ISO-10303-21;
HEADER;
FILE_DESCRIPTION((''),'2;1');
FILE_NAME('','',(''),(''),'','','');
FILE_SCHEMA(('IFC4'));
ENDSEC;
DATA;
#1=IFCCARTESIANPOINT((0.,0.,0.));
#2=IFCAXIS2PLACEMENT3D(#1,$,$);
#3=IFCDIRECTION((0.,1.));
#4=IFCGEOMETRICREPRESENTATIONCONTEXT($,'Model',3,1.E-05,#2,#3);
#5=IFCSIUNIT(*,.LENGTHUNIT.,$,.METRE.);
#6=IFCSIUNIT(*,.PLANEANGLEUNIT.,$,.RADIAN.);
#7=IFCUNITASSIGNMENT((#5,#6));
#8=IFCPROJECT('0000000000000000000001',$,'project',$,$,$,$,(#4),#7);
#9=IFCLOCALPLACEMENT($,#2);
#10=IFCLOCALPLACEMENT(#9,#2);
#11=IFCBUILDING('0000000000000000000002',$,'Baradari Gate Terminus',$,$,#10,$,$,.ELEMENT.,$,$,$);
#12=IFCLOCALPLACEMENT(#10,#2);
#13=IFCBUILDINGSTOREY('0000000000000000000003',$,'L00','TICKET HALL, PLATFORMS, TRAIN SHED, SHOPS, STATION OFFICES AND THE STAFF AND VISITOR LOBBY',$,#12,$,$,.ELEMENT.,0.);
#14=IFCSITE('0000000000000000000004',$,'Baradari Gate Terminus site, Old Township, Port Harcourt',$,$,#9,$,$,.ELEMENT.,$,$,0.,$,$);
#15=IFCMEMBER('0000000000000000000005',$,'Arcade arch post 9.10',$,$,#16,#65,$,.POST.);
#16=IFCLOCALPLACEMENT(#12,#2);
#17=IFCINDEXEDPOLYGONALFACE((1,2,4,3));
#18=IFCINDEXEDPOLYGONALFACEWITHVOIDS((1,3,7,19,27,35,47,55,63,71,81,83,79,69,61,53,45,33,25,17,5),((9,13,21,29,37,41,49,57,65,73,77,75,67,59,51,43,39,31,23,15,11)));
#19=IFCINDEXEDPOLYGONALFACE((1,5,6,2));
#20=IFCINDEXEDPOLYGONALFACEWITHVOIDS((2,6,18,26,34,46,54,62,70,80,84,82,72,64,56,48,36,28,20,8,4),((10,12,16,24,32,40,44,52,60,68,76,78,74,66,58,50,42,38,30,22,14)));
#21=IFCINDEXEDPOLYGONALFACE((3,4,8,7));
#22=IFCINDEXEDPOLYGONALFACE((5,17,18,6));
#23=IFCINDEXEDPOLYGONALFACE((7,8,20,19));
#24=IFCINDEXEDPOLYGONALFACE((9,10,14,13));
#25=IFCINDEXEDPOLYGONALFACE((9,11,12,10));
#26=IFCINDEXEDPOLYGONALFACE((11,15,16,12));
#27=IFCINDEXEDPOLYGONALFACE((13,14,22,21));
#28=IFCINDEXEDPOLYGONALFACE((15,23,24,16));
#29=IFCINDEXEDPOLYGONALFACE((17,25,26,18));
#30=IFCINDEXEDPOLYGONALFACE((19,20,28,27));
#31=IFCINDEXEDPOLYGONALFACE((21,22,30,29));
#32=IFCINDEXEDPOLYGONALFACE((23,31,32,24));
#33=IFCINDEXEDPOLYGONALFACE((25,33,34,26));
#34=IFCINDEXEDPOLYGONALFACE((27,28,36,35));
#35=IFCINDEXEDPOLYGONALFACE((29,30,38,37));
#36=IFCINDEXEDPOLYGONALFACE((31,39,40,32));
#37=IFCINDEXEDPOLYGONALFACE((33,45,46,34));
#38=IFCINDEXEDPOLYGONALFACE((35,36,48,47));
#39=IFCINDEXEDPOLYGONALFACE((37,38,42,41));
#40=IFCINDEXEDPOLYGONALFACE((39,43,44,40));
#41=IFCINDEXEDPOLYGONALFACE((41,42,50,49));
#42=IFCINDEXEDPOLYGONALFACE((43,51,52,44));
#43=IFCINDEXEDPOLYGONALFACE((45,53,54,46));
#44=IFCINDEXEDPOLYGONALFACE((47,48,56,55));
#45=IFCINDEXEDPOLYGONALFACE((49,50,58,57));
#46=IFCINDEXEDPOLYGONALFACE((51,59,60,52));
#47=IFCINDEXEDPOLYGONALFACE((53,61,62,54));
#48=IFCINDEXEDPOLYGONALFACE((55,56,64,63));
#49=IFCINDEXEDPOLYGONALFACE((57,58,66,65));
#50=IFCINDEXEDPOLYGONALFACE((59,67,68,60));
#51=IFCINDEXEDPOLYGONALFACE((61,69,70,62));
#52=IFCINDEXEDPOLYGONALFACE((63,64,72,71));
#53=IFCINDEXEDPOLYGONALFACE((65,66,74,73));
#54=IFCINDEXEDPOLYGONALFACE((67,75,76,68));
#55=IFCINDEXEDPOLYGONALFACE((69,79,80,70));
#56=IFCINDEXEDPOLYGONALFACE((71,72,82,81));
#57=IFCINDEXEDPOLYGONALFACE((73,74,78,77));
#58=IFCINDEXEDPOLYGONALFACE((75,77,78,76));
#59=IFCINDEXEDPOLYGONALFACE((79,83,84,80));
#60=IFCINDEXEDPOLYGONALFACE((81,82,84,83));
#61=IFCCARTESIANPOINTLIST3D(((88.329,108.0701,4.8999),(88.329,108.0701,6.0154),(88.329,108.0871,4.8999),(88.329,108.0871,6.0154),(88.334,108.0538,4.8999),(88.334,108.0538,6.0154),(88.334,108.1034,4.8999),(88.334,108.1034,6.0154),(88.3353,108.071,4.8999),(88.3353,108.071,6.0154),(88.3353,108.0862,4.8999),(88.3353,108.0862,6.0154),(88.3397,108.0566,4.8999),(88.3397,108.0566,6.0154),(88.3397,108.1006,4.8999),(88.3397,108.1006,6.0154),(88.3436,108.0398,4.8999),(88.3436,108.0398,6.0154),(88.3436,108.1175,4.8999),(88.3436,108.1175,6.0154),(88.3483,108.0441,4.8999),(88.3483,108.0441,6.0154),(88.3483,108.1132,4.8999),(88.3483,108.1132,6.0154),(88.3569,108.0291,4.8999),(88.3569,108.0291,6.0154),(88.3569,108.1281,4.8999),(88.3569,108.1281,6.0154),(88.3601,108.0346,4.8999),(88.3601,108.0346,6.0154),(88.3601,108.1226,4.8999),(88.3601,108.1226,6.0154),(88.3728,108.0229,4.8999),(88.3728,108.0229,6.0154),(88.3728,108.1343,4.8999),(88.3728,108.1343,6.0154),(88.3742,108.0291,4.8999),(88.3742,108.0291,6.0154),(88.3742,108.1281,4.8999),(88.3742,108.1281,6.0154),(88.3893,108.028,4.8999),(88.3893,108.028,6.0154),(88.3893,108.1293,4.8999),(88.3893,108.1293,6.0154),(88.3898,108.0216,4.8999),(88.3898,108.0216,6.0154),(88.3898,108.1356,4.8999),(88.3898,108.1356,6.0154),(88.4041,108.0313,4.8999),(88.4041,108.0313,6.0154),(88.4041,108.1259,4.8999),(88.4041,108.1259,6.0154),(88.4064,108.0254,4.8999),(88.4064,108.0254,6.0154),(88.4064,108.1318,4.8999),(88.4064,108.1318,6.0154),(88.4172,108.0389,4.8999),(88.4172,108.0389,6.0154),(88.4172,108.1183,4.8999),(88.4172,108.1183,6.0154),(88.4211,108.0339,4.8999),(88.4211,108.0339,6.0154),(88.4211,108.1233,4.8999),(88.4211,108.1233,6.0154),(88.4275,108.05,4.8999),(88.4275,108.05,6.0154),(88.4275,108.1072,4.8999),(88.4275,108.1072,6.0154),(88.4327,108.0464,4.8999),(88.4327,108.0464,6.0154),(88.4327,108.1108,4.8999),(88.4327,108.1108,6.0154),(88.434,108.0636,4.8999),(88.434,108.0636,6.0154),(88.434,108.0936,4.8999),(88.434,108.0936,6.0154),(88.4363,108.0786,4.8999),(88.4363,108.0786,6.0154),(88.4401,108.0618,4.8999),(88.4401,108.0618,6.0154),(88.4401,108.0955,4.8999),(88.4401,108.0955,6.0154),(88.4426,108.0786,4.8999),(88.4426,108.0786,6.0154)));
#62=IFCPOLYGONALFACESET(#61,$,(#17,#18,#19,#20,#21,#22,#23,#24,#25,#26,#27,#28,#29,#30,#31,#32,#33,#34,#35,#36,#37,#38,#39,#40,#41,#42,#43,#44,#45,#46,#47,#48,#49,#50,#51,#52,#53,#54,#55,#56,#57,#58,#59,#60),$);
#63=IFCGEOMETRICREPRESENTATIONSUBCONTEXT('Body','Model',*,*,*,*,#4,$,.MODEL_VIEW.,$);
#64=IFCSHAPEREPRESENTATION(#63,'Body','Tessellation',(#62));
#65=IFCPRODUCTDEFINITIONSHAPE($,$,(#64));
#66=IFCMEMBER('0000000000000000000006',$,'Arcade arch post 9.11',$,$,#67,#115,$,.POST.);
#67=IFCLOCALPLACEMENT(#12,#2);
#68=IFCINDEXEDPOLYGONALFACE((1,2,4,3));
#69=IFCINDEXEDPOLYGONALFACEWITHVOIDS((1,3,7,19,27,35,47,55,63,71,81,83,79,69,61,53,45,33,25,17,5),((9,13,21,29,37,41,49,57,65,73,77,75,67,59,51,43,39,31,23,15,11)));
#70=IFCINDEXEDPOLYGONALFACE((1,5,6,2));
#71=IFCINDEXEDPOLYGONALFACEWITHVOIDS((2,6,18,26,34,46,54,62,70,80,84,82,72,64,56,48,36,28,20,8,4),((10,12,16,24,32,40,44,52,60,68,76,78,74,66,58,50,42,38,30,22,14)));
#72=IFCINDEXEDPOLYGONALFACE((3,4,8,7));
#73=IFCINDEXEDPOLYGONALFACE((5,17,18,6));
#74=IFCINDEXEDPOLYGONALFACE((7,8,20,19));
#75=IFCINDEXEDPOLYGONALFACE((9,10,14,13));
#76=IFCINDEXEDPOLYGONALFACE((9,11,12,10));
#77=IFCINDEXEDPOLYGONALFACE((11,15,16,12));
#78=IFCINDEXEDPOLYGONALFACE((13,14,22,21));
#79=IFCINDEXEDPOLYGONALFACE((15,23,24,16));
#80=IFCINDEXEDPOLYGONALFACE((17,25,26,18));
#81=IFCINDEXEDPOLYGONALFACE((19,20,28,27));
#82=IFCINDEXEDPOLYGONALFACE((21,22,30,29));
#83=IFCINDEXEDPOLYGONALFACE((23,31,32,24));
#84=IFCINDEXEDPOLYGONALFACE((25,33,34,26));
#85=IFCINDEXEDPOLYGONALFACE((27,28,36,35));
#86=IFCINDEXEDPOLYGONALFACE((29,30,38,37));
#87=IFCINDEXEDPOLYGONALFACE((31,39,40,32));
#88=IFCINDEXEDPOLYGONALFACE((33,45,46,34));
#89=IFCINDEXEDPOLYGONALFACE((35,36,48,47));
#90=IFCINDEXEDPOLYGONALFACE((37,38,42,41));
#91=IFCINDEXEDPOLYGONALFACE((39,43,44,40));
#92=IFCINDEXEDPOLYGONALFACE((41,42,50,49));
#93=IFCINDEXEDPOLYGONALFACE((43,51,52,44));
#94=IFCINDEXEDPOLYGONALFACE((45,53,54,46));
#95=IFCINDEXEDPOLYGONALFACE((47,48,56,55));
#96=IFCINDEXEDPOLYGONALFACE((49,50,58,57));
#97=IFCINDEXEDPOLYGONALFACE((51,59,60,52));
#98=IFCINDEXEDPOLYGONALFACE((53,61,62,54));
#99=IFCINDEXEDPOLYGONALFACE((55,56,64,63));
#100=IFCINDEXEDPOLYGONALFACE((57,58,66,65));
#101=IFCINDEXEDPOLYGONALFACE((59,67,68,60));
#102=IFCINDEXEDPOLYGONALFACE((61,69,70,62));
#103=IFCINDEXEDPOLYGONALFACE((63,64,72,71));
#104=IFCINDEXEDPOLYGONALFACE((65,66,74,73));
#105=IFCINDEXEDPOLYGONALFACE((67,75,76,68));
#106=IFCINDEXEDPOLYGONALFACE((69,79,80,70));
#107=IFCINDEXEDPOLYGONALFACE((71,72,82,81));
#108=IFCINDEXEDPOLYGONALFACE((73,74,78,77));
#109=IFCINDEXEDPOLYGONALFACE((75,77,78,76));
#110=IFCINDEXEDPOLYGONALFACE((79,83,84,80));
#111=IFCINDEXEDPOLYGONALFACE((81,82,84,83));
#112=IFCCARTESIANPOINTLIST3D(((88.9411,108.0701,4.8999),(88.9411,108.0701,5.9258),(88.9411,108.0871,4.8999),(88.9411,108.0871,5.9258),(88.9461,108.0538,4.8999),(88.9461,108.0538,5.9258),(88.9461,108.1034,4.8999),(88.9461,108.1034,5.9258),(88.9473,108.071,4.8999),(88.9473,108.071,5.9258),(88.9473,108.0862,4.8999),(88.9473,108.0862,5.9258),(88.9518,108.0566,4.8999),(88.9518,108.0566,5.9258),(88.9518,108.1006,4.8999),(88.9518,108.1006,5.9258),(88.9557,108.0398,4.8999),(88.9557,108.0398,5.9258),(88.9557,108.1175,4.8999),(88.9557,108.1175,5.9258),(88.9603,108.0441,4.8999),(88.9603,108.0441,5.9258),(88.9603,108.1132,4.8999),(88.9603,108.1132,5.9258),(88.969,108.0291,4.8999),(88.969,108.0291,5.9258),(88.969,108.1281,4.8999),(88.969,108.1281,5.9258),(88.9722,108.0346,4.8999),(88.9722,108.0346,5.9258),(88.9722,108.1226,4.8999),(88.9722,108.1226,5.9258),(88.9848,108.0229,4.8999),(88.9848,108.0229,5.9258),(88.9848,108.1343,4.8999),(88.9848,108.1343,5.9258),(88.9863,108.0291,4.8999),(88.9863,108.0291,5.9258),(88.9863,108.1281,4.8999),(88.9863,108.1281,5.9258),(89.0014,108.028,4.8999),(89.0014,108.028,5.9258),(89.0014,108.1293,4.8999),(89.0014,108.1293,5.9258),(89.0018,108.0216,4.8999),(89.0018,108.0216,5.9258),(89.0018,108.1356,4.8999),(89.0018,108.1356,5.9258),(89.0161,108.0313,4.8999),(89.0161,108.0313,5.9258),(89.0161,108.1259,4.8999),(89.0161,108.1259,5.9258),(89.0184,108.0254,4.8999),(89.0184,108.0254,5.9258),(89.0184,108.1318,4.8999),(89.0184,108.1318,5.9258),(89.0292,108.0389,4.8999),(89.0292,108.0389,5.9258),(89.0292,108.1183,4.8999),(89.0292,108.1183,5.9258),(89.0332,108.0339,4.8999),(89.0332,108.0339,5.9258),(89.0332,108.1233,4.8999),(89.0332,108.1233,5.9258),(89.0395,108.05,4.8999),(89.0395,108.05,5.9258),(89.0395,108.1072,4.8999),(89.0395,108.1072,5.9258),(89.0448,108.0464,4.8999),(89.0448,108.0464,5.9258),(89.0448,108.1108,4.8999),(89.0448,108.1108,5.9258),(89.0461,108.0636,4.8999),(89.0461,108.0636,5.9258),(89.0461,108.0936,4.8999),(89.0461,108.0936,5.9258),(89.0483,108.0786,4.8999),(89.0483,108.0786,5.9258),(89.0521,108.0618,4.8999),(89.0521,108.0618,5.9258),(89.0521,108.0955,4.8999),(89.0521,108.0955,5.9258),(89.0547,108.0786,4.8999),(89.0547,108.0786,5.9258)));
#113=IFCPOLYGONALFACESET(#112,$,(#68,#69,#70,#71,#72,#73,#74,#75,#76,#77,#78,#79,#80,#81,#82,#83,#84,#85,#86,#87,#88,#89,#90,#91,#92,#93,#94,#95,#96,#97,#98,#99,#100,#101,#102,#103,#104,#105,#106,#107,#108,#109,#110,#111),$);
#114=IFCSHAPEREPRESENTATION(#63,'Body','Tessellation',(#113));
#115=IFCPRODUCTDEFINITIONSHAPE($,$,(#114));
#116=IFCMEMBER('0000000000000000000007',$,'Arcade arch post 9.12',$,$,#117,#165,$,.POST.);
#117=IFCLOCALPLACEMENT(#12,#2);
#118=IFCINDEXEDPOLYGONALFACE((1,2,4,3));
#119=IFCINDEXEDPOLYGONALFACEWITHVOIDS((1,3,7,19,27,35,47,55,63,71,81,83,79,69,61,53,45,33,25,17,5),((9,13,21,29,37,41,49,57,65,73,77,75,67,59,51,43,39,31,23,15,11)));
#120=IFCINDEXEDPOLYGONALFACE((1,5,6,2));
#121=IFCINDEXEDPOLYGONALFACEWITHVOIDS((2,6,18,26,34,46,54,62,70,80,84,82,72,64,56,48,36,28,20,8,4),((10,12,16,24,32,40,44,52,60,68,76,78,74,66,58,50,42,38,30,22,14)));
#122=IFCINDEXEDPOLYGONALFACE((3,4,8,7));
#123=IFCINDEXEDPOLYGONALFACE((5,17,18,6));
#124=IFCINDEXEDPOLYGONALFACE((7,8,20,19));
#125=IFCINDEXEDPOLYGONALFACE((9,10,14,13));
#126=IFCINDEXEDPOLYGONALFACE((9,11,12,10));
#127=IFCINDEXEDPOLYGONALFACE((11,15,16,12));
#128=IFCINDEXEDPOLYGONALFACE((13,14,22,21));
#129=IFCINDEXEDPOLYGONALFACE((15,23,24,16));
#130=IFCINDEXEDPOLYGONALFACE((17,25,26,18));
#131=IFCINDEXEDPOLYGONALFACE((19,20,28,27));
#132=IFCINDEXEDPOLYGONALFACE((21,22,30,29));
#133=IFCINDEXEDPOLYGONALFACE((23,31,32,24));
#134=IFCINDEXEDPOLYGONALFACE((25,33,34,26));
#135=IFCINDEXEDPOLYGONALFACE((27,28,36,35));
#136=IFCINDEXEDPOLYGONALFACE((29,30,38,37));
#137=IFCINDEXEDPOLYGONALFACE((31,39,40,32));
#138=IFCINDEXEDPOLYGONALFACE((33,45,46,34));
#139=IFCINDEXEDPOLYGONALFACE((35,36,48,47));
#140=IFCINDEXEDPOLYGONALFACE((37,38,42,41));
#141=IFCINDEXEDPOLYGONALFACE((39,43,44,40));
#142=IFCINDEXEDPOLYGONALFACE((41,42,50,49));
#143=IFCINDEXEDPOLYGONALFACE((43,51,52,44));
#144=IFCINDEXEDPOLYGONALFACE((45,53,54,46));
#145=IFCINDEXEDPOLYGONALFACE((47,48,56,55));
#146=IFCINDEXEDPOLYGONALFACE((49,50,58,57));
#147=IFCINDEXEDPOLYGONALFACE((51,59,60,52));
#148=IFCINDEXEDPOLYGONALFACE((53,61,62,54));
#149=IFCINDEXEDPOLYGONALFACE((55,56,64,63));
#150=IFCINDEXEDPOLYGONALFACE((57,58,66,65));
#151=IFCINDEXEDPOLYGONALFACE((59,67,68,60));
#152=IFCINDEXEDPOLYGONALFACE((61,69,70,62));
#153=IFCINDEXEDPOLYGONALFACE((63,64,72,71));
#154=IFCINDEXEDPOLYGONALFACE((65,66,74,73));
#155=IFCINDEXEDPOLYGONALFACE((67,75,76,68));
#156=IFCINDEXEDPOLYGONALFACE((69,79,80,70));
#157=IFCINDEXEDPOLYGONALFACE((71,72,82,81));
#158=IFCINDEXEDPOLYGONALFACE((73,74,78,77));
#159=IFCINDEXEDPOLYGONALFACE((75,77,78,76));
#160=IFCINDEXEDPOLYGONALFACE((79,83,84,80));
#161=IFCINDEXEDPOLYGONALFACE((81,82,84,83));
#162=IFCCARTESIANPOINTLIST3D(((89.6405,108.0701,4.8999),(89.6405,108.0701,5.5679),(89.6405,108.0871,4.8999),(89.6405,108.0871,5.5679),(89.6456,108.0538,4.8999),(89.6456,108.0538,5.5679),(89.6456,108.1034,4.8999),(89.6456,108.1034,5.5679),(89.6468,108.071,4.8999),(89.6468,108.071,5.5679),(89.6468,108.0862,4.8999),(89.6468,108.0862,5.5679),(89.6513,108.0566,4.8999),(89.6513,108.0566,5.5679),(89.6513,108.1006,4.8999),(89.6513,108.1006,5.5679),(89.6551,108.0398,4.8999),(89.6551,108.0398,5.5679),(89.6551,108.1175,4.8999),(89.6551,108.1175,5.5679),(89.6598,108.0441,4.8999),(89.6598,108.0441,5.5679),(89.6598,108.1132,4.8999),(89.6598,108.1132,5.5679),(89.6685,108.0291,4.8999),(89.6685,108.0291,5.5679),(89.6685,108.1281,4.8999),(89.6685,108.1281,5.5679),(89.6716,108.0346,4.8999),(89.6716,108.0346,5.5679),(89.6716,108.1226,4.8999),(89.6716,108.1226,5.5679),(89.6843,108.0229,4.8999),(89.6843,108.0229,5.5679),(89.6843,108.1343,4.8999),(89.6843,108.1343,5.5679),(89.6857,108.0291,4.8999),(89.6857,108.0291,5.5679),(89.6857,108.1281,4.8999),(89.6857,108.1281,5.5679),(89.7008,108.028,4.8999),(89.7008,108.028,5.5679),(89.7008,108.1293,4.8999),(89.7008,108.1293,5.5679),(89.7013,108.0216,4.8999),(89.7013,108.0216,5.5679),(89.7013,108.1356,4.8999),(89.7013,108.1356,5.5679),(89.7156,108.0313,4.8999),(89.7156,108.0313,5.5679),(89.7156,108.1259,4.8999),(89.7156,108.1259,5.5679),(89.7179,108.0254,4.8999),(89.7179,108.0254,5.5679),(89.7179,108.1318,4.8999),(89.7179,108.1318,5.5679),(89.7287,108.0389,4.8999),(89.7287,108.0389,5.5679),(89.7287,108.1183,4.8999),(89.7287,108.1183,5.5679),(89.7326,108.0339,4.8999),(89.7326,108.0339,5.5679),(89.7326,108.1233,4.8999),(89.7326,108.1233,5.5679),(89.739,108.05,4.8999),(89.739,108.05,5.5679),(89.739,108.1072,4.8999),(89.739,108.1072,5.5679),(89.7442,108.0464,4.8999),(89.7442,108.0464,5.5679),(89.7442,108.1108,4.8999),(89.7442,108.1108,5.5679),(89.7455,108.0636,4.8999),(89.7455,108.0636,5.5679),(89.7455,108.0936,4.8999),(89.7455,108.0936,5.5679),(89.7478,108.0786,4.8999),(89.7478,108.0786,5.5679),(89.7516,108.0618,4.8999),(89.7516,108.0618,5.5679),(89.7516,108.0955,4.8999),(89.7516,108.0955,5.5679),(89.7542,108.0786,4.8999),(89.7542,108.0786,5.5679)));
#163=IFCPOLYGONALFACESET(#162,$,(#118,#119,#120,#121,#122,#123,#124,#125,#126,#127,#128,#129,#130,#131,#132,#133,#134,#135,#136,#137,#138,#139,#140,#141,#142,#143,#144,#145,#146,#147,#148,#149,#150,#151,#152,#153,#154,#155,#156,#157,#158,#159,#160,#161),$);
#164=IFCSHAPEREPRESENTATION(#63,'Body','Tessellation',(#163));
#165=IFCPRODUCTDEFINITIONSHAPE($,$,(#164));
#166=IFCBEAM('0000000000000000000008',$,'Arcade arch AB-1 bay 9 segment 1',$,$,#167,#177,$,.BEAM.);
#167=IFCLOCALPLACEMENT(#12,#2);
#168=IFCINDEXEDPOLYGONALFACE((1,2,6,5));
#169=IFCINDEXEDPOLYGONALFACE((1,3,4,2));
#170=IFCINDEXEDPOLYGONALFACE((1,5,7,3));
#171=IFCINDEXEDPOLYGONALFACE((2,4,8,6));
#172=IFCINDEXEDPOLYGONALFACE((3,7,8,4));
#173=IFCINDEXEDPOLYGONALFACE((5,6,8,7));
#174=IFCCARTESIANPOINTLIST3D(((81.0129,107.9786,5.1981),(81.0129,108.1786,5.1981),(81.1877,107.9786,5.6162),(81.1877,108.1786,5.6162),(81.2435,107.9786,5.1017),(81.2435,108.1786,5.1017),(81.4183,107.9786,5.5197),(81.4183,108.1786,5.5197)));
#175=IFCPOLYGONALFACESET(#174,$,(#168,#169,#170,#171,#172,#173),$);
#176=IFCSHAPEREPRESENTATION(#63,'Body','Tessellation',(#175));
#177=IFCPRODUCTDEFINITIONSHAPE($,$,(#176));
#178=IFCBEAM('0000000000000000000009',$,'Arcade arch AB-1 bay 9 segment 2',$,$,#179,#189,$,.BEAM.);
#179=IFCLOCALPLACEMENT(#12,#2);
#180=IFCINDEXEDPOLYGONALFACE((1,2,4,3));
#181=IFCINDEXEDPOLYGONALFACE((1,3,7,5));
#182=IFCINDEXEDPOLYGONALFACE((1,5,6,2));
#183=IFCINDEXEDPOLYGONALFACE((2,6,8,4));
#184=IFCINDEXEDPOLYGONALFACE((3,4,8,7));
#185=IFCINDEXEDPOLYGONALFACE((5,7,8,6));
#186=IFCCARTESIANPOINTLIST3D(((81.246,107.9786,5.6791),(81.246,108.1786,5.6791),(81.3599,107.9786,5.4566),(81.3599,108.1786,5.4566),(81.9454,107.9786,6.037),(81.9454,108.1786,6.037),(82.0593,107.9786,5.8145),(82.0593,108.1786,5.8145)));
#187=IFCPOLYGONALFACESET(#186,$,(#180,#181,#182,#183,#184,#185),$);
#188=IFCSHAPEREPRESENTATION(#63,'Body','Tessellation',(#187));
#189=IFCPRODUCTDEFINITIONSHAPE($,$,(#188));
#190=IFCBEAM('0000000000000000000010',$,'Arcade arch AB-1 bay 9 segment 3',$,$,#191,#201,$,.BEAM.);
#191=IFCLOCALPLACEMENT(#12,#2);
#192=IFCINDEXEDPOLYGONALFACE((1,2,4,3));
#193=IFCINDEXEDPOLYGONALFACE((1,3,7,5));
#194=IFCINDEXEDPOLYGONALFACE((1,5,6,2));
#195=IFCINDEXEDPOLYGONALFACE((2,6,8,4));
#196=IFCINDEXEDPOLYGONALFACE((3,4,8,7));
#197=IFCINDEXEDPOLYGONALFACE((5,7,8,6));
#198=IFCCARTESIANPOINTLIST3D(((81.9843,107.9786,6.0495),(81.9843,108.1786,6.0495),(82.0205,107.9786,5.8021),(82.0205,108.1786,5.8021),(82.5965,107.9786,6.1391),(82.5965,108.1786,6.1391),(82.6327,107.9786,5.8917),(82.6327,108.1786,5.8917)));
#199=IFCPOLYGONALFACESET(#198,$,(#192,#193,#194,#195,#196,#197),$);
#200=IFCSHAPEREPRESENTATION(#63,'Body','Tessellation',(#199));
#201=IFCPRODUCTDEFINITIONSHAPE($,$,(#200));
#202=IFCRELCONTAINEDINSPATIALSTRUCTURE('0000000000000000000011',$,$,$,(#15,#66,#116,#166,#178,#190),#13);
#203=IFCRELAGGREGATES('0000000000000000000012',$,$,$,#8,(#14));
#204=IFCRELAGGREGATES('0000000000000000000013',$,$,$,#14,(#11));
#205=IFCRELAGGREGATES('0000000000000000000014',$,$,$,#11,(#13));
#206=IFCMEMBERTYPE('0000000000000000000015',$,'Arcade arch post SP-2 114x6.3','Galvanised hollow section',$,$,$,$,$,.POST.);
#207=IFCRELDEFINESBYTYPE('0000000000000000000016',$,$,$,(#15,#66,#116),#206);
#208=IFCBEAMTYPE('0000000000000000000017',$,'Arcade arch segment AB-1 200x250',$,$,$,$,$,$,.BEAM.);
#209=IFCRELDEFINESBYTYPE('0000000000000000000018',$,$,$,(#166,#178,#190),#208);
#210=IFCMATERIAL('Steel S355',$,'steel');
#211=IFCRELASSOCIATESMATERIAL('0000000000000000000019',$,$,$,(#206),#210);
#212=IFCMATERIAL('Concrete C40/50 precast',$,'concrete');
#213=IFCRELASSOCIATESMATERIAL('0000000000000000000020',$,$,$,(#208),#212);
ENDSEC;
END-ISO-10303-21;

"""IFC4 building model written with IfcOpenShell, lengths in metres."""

from ifc_helpers import new_model, si_unit, direction, frame, origin, origin_2d, place, context, subcontext, project, spatial, rectangle, hollow_circle, extrude, material, material_profile, profile_set, type_object, element, save


model = new_model("IFC4")

# Units and contexts
model_context = context("Model", 3, precision=1e-05, world=origin(), true_north=direction((0.0, 1.0)))
body_context = subcontext(model_context, "Body", "Model", "MODEL_VIEW")
ifc_project = project(units=[si_unit("LENGTHUNIT", "METRE"), si_unit("PLANEANGLEUNIT", "RADIAN")], contexts=[model_context])

# Site, building, storey
site_placement = place(None, origin())
site = spatial("IfcSite", under=ifc_project, at=site_placement, Name="Baradari Gate Terminus site, Old Township, Port Harcourt", CompositionType="ELEMENT", RefElevation=0.0)
building_placement = place(site_placement, origin())
building = spatial("IfcBuilding", under=site, at=building_placement, Name="Baradari Gate Terminus", CompositionType="ELEMENT")
storey_placement = place(building_placement, origin())
storey = spatial("IfcBuildingStorey", under=building, at=storey_placement, Name="L00", Description="TICKET HALL, PLATFORMS, TRAIN SHED, SHOPS, STATION OFFICES AND THE STAFF AND VISITOR LOBBY", CompositionType="ELEMENT", Elevation=0.0)

# Members
ifc_material_1 = material(Name="Steel S355", Category="steel")
ifc_material_profile_1 = material_profile(ifc_material_1, hollow_circle(Radius=0.0571, WallThickness=0.0063, at=origin_2d()), Name="CHS 114.3x6.3")
ifc_profile_set_1 = profile_set([ifc_material_profile_1], Name="Steel S355")
member_type = type_object("IfcMemberType", Name="Arcade arch post SP-2 114x6.3", Description="Galvanised hollow section", PredefinedType="POST", material=ifc_profile_set_1)
member_1_placement = place(storey_placement, frame((88.3855, 108.0786, 4.8999), z_axis=(0.0, 0.0, 1.0), x_axis=(1.0, 0.0, 0.0)))
element("IfcMember", 1, at=member_1_placement, inside=storey, type_object=member_type, Name="Arcade arch post 9.10", PredefinedType="POST", context=body_context, shape_type="SweptSolid", body=[
    extrude(hollow_circle(Radius=0.0571, WallThickness=0.0063, at=origin_2d()), origin(), (0.0, 0.0, 1.0), 1.1155),
])
member_2_placement = place(storey_placement, frame((88.9976, 108.0786, 4.8999), z_axis=(0.0, 0.0, 1.0), x_axis=(1.0, 0.0, 0.0)))
element("IfcMember", 2, at=member_2_placement, inside=storey, type_object=member_type, Name="Arcade arch post 9.11", PredefinedType="POST", context=body_context, shape_type="SweptSolid", body=[
    extrude(hollow_circle(Radius=0.0571, WallThickness=0.0063, at=origin_2d()), origin(), (0.0, 0.0, 1.0), 1.0259),
])
member_3_placement = place(storey_placement, frame((89.697, 108.0786, 4.8999), z_axis=(0.0, 0.0, 1.0), x_axis=(1.0, 0.0, 0.0)))
element("IfcMember", 3, at=member_3_placement, inside=storey, type_object=member_type, Name="Arcade arch post 9.12", PredefinedType="POST", context=body_context, shape_type="SweptSolid", body=[
    extrude(hollow_circle(Radius=0.0571, WallThickness=0.0063, at=origin_2d()), origin(), (0.0, 0.0, 1.0), 0.668),
])

# Beams
ifc_material_2 = material(Name="Concrete C40/50 precast", Category="concrete")
ifc_material_profile_2 = material_profile(ifc_material_2, rectangle(XDim=0.2, YDim=0.25, at=origin_2d()), Name="AB-1 200X250")
ifc_profile_set_2 = profile_set([ifc_material_profile_2], Name="Concrete C40/50 precast")
beam_type = type_object("IfcBeamType", Name="Arcade arch segment AB-1 200x250", PredefinedType="BEAM", material=ifc_profile_set_2)
beam_1_placement = place(storey_placement, frame((81.1282, 108.0786, 5.1499), z_axis=(0.385839, 0.0, 0.922566), x_axis=(0.0, 1.0, 0.0)))
element("IfcBeam", 4, at=beam_1_placement, inside=storey, type_object=beam_type, Name="Arcade arch AB-1 bay 9 segment 1", PredefinedType="BEAM", context=body_context, shape_type="SweptSolid", body=[
    extrude(rectangle(XDim=0.2, YDim=0.25, at=origin_2d()), origin(), (0.0, 0.0, 1.0), 0.4531),
])
beam_2_placement = place(storey_placement, frame((81.303, 108.0786, 5.5679), z_axis=(0.890225, 0.0, 0.455522), x_axis=(0.0, 1.0, 0.0)))
element("IfcBeam", 5, at=beam_2_placement, inside=storey, type_object=beam_type, Name="Arcade arch AB-1 bay 9 segment 2", PredefinedType="BEAM", context=body_context, shape_type="SweptSolid", body=[
    extrude(rectangle(XDim=0.2, YDim=0.25, at=origin_2d()), origin(), (0.0, 0.0, 1.0), 0.7856),
])
beam_3_placement = place(storey_placement, frame((82.0024, 108.0786, 5.9258), z_axis=(0.989454, 0.0, 0.144846), x_axis=(0.0, 1.0, 0.0)))
element("IfcBeam", 6, at=beam_3_placement, inside=storey, type_object=beam_type, Name="Arcade arch AB-1 bay 9 segment 3", PredefinedType="BEAM", context=body_context, shape_type="SweptSolid", body=[
    extrude(rectangle(XDim=0.2, YDim=0.25, at=origin_2d()), origin(), (0.0, 0.0, 1.0), 0.6187),
])

save(model, "model.ifc")
